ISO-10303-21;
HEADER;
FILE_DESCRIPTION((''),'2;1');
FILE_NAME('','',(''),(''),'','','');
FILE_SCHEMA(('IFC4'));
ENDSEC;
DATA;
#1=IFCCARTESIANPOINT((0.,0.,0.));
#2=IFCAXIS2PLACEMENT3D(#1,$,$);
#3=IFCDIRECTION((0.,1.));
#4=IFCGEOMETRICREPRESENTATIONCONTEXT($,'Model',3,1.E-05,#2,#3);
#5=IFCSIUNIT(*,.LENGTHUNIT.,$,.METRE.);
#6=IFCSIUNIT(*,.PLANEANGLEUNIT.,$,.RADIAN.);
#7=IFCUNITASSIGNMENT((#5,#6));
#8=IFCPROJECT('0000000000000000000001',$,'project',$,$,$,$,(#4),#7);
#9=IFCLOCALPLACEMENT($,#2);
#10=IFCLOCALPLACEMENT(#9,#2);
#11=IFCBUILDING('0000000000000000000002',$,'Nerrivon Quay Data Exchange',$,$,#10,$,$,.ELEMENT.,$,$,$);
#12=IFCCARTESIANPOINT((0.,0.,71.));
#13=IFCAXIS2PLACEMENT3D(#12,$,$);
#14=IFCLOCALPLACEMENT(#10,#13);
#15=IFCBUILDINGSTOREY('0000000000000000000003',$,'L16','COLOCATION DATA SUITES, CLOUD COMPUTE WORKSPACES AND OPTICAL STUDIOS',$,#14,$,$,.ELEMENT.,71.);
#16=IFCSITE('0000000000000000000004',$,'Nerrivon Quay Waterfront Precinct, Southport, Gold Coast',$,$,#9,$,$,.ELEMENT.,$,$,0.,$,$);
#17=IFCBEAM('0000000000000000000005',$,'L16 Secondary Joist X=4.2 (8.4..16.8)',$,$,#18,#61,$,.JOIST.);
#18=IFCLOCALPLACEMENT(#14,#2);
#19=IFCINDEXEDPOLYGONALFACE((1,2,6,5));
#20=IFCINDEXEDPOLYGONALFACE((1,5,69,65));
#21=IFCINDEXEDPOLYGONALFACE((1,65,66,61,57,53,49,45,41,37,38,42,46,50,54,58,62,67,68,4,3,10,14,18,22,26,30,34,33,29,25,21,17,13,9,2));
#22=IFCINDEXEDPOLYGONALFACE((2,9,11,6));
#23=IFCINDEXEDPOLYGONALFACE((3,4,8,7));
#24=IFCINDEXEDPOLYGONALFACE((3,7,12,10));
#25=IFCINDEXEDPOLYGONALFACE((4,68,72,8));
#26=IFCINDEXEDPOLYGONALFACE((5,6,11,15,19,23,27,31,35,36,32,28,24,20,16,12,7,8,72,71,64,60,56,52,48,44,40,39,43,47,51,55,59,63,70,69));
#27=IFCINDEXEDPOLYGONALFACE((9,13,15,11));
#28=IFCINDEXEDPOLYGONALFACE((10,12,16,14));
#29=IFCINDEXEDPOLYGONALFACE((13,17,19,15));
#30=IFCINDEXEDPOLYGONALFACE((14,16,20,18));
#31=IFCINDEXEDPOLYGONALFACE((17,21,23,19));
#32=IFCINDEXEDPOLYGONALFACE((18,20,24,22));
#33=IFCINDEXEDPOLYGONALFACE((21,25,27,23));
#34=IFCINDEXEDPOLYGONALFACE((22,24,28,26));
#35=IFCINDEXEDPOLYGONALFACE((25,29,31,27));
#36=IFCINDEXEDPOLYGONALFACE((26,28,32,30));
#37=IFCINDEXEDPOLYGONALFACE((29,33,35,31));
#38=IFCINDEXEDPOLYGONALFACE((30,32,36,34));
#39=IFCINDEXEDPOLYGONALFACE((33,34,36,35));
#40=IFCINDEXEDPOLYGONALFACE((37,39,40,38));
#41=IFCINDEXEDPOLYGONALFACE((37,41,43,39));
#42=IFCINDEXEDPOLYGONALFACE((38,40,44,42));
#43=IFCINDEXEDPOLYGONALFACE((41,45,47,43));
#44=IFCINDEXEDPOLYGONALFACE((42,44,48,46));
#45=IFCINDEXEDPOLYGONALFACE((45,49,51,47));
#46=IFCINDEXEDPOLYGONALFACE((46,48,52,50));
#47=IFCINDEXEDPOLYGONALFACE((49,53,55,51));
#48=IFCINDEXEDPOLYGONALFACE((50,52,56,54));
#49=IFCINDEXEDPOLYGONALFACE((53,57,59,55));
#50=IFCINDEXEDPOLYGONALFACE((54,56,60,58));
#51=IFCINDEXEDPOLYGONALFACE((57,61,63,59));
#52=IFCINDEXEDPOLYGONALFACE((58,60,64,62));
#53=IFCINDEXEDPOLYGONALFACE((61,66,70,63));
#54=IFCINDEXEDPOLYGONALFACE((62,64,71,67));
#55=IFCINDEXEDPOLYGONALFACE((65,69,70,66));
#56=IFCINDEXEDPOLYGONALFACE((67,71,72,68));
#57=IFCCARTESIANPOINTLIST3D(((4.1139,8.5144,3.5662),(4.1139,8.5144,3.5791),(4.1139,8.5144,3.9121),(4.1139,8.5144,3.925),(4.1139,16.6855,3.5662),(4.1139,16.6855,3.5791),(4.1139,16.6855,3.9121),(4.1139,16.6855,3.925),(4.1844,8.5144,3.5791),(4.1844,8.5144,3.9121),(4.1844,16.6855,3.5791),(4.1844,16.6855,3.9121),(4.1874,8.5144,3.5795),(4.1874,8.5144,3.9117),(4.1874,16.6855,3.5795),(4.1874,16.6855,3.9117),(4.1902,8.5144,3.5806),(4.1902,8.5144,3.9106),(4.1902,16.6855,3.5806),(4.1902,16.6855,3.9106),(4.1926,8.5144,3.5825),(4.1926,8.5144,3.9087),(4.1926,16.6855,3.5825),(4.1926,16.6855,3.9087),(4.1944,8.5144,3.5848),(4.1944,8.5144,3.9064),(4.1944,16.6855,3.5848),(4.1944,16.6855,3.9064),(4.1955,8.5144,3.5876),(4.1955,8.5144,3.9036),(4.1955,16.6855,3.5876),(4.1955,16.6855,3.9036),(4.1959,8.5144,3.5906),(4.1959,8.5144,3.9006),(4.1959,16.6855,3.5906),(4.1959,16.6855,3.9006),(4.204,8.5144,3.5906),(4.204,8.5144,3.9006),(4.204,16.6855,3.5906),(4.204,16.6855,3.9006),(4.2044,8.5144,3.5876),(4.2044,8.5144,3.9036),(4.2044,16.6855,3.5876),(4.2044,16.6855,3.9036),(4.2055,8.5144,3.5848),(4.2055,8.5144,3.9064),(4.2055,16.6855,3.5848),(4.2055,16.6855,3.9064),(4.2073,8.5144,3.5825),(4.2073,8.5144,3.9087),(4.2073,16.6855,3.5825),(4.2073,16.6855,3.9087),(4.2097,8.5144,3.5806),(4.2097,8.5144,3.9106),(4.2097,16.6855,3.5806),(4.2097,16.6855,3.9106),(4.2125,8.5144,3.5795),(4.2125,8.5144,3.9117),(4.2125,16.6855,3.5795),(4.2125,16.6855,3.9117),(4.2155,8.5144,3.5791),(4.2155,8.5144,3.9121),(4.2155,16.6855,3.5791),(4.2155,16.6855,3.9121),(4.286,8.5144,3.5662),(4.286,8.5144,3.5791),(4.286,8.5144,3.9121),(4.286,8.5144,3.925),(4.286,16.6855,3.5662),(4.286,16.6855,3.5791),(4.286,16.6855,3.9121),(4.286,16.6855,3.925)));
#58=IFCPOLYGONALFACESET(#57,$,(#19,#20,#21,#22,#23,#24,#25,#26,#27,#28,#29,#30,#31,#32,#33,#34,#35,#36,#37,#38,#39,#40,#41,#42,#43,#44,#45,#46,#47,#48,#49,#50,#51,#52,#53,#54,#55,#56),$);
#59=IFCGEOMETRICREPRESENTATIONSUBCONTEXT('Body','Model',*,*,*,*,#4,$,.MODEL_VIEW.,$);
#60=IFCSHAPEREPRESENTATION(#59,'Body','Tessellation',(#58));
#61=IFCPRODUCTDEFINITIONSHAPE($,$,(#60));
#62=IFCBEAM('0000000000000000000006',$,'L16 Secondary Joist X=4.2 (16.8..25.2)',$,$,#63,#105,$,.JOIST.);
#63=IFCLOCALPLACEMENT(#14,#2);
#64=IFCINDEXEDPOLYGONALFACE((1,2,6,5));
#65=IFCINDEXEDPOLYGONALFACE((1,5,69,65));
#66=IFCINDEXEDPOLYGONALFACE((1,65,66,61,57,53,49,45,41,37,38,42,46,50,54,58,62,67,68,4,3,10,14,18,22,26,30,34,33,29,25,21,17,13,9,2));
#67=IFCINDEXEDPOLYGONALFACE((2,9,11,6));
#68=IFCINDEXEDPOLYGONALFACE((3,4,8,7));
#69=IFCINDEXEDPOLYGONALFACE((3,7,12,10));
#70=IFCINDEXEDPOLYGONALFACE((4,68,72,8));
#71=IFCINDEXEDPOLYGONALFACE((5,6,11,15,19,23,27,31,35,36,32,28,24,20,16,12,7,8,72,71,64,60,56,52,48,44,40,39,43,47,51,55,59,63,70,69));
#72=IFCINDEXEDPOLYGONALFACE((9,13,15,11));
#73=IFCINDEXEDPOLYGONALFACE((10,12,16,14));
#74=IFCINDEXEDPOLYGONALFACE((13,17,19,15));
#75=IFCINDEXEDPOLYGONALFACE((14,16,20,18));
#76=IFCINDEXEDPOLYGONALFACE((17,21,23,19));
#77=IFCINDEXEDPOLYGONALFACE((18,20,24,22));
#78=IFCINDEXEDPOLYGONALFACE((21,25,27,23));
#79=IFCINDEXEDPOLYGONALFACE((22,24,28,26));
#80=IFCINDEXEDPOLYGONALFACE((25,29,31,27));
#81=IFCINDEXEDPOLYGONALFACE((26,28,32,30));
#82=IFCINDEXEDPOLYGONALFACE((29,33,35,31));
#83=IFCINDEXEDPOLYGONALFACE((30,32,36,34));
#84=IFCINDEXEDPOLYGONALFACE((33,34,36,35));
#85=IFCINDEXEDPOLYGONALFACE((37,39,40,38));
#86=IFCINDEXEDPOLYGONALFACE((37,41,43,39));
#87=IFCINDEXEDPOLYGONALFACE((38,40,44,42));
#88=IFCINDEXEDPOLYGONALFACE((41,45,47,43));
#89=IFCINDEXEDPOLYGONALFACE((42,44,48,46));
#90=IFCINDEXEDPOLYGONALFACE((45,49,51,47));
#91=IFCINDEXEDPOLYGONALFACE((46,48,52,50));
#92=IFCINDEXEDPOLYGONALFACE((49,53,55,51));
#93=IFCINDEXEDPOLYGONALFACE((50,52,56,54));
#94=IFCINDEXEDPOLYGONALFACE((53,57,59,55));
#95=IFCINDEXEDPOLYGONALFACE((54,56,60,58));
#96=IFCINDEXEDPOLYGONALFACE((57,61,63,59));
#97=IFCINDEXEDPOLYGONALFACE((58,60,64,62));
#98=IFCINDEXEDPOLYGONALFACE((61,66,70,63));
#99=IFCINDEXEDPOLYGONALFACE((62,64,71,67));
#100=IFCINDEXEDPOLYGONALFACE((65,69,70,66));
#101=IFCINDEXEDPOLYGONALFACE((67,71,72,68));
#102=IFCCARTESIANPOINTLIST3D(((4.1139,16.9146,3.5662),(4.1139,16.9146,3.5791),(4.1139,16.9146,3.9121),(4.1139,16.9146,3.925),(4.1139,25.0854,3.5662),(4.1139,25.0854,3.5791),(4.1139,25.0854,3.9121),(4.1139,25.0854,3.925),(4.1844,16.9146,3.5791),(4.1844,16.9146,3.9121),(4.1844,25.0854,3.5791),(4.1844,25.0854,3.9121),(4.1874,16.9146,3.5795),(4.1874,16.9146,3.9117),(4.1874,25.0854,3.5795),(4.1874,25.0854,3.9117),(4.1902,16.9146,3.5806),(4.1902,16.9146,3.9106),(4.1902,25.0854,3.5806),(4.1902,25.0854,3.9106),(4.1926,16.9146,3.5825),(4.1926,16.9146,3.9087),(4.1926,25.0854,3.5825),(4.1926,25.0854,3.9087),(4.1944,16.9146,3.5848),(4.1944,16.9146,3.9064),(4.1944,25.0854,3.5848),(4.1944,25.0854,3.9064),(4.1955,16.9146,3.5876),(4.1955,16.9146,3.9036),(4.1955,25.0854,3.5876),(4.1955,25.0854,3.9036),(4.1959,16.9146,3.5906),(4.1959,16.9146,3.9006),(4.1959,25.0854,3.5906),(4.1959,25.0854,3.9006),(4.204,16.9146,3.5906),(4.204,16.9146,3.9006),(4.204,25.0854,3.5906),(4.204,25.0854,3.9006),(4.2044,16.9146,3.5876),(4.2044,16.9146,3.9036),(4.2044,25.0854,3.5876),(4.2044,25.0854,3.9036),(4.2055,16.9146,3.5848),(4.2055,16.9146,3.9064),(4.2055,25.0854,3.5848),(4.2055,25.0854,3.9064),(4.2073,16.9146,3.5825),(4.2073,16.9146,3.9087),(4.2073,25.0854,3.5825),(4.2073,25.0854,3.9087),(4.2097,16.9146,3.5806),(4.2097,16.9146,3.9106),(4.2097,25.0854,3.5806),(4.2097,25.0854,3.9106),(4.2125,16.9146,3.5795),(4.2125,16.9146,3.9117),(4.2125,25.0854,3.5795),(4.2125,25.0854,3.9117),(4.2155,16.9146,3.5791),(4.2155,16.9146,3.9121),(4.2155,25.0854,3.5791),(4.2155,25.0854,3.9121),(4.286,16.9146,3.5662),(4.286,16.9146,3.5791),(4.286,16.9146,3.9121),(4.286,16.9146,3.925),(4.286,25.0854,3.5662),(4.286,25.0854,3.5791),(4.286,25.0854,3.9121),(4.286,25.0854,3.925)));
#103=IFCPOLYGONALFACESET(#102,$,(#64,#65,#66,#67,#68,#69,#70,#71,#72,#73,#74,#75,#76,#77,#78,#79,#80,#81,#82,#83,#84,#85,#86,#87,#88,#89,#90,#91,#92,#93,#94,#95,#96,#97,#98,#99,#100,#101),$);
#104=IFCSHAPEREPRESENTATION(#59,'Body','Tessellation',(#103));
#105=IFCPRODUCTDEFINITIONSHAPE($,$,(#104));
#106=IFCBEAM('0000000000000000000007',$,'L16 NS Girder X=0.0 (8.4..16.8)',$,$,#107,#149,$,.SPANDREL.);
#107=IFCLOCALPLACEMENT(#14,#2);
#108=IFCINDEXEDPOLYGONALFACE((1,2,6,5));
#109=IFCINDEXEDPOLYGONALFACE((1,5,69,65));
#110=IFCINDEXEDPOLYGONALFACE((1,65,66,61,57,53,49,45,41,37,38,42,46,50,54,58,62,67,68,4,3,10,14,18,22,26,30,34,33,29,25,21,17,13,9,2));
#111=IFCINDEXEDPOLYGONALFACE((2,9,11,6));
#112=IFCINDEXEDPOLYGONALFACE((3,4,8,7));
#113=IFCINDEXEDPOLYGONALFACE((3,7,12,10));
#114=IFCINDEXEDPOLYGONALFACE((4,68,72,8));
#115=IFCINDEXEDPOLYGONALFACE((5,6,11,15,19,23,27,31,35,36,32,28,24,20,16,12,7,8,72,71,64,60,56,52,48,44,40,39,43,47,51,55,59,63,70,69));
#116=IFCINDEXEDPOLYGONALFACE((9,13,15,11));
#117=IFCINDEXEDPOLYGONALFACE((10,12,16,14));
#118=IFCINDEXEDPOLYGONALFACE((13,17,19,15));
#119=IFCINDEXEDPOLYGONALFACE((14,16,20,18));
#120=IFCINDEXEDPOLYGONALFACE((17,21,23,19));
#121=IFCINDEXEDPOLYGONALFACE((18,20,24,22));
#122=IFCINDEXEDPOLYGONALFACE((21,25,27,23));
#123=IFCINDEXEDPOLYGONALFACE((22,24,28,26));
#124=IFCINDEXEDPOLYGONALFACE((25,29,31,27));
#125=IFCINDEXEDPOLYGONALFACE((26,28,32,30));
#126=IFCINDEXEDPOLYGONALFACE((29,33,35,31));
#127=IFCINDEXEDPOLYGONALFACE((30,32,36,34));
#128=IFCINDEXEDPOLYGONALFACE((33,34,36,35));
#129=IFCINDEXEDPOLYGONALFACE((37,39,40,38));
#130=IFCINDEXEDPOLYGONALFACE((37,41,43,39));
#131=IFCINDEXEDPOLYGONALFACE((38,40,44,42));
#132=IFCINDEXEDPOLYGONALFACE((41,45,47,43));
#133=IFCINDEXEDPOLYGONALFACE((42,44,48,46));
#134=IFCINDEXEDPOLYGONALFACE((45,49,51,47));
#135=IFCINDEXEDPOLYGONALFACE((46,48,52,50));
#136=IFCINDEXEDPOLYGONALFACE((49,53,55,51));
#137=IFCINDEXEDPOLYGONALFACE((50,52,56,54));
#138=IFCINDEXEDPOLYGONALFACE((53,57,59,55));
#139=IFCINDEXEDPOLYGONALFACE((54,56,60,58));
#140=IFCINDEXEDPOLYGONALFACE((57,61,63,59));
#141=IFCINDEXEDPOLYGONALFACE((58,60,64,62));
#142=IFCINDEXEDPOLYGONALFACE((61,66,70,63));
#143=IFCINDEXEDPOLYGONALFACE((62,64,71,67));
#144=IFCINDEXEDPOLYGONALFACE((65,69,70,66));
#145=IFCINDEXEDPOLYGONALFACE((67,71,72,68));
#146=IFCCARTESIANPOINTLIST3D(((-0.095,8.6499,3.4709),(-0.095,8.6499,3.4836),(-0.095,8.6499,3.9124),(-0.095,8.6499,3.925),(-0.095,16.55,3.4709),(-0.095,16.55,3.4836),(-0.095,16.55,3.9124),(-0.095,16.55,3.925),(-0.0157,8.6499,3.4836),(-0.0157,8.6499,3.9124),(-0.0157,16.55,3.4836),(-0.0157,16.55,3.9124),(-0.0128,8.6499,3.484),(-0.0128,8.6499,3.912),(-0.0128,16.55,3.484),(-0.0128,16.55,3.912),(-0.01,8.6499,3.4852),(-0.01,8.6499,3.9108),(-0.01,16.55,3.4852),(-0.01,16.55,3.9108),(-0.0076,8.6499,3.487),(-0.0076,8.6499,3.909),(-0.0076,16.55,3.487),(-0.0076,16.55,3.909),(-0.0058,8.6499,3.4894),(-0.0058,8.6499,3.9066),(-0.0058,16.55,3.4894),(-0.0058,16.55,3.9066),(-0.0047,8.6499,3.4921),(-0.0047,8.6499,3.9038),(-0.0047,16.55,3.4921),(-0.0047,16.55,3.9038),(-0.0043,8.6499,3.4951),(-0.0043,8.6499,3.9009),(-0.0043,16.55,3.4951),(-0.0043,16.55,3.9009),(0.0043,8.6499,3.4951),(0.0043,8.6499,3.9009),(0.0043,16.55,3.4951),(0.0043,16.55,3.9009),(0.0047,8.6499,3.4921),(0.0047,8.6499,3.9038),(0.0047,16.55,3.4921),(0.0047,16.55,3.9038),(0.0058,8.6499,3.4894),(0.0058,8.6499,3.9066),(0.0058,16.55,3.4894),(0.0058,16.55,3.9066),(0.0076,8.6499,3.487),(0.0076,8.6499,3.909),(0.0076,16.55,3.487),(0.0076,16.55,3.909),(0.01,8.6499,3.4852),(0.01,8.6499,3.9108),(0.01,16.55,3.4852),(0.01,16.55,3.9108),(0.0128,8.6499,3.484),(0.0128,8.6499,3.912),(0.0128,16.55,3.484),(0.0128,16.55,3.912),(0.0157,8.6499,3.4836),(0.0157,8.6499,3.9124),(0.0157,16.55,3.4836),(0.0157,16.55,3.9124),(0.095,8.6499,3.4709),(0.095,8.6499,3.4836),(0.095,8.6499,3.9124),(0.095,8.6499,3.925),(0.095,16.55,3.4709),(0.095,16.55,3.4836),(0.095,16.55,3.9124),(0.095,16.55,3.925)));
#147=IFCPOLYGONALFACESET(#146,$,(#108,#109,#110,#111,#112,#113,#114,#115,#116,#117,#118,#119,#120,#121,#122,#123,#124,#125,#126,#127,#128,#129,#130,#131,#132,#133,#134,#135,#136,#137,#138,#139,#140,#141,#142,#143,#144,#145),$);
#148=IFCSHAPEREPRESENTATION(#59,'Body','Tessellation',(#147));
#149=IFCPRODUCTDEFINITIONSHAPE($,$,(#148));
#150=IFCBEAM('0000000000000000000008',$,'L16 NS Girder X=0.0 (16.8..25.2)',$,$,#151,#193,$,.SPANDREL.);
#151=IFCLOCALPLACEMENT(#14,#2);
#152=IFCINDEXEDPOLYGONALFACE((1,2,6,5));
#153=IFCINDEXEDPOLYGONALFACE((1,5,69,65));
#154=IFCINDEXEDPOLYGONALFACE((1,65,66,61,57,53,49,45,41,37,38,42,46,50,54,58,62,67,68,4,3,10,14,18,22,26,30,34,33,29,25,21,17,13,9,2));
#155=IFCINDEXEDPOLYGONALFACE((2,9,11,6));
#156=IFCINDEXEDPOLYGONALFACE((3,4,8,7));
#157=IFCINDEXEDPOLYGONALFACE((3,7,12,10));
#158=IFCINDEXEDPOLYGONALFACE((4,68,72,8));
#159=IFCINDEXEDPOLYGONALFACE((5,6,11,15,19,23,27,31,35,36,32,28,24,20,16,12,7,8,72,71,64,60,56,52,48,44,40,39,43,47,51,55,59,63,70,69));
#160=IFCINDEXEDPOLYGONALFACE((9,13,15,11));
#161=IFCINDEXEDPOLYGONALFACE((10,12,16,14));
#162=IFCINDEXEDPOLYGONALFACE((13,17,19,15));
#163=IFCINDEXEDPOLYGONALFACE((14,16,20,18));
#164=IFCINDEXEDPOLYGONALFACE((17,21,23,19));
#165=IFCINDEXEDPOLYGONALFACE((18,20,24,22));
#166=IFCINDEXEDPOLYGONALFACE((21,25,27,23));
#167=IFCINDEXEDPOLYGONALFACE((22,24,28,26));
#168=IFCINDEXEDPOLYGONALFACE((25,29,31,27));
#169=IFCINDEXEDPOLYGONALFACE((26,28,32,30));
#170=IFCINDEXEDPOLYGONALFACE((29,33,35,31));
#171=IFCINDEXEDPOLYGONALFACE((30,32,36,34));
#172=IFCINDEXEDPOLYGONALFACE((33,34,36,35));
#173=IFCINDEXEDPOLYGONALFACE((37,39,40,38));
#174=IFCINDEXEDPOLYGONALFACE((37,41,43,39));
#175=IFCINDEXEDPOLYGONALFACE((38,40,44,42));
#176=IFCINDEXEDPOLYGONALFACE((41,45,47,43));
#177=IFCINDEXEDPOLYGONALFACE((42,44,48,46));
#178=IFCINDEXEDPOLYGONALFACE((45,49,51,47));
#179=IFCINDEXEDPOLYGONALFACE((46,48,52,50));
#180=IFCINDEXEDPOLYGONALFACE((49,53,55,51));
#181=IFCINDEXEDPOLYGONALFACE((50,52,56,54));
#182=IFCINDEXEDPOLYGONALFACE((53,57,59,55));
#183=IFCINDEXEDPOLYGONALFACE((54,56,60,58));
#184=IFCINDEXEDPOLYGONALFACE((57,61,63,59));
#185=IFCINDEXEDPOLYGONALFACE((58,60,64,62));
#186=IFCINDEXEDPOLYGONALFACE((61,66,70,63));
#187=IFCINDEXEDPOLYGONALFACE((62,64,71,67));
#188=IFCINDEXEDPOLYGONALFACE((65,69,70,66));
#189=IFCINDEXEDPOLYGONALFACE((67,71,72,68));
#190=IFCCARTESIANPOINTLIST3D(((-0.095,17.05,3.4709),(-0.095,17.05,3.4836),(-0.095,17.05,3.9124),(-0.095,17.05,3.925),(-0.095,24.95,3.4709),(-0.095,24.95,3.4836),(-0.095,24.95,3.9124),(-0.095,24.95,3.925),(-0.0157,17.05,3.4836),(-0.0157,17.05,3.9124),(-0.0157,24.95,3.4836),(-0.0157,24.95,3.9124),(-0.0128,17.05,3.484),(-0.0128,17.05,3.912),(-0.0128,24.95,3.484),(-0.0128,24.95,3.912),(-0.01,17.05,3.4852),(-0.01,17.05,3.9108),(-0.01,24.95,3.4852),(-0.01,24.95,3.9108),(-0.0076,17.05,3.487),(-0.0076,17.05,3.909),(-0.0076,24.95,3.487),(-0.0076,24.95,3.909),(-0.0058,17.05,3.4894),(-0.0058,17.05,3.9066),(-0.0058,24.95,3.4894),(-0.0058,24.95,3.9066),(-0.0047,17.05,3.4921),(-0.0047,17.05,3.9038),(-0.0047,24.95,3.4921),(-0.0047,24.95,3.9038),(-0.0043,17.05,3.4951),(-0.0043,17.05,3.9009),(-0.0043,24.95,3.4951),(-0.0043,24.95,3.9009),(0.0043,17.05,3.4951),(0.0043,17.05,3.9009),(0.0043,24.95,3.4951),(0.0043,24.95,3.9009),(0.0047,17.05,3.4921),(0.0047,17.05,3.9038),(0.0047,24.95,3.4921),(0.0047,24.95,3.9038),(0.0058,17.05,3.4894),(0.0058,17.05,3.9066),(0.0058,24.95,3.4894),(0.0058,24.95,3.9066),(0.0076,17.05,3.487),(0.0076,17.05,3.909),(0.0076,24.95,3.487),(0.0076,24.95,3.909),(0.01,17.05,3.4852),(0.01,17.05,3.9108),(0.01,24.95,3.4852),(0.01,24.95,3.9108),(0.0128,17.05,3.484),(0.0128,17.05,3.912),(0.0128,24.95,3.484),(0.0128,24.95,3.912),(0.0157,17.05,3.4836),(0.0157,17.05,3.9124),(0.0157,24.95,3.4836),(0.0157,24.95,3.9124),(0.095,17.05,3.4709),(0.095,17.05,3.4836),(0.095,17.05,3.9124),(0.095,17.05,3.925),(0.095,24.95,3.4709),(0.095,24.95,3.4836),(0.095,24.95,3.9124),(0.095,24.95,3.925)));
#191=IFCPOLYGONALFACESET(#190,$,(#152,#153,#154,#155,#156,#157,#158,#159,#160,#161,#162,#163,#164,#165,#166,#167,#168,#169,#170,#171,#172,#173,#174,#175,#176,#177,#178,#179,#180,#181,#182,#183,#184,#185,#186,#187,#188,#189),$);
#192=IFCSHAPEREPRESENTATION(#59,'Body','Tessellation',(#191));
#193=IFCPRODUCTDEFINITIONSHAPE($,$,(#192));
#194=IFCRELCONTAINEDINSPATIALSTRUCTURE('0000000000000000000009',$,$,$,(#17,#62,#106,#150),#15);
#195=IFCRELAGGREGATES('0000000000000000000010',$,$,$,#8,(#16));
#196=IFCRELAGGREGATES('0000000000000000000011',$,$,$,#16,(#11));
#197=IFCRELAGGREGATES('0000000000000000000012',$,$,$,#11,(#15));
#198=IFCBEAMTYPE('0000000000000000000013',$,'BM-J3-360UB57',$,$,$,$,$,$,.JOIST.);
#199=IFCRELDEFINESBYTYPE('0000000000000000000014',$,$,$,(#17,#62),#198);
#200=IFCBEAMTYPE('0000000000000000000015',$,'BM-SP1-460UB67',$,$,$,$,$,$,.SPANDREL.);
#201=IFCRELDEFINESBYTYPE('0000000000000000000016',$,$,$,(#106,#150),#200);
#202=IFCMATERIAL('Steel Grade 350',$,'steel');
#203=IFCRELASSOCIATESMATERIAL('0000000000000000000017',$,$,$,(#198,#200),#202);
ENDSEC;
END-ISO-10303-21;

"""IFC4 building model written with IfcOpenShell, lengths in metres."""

from ifc_helpers import new_model, si_unit, direction, frame, origin, origin_2d, place, context, subcontext, project, spatial, i_section, extrude, material, material_profile, profile_set, type_object, element, save


model = new_model("IFC4")

# Units and contexts
model_context = context("Model", 3, precision=1e-05, world=origin(), true_north=direction((0.0, 1.0)))
body_context = subcontext(model_context, "Body", "Model", "MODEL_VIEW")
ifc_project = project(units=[si_unit("LENGTHUNIT", "METRE"), si_unit("PLANEANGLEUNIT", "RADIAN")], contexts=[model_context])

# Site, building, storey
site_placement = place(None, origin())
site = spatial("IfcSite", under=ifc_project, at=site_placement, Name="Nerrivon Quay Waterfront Precinct, Southport, Gold Coast", CompositionType="ELEMENT", RefElevation=0.0)
building_placement = place(site_placement, origin())
building = spatial("IfcBuilding", under=site, at=building_placement, Name="Nerrivon Quay Data Exchange", CompositionType="ELEMENT")
storey_placement = place(building_placement, frame((0.0, 0.0, 71.0)))
storey = spatial("IfcBuildingStorey", under=building, at=storey_placement, Name="L16", Description="COLOCATION DATA SUITES, CLOUD COMPUTE WORKSPACES AND OPTICAL STUDIOS", CompositionType="ELEMENT", Elevation=71.0)

# Shared definitions
ifc_material_1 = material(Name="Steel Grade 350", Category="steel")

# Beams
ifc_material_profile_1 = material_profile(ifc_material_1, i_section(OverallWidth=0.1721, OverallDepth=0.3589, WebThickness=0.0081, FlangeThickness=0.0129, FilletRadius=0.0115, at=origin_2d()), Name="360UB56.7")
ifc_profile_set_1 = profile_set([ifc_material_profile_1], Name="Steel Grade 350")
beam_type_1 = type_object("IfcBeamType", Name="BM-J3-360UB57", PredefinedType="JOIST", material=ifc_profile_set_1)
beam_1_placement = place(storey_placement, frame((4.2, 8.5144, 3.7456), z_axis=(0.0, 1.0, 0.0), x_axis=(-1.0, 0.0, 0.0)))
element("IfcBeam", 1, at=beam_1_placement, inside=storey, type_object=beam_type_1, Name="L16 Secondary Joist X=4.2 (8.4..16.8)", PredefinedType="JOIST", context=body_context, shape_type="SweptSolid", body=[
    extrude(i_section(OverallWidth=0.1721, OverallDepth=0.3589, WebThickness=0.0081, FlangeThickness=0.0129, FilletRadius=0.0115, at=origin_2d()), origin(), (0.0, 0.0, 1.0), 8.1711),
])
beam_2_placement = place(storey_placement, frame((4.2, 16.9146, 3.7456), z_axis=(0.0, 1.0, 0.0), x_axis=(-1.0, 0.0, 0.0)))
element("IfcBeam", 2, at=beam_2_placement, inside=storey, type_object=beam_type_1, Name="L16 Secondary Joist X=4.2 (16.8..25.2)", PredefinedType="JOIST", context=body_context, shape_type="SweptSolid", body=[
    extrude(i_section(OverallWidth=0.1721, OverallDepth=0.3589, WebThickness=0.0081, FlangeThickness=0.0129, FilletRadius=0.0115, at=origin_2d()), origin(), (0.0, 0.0, 1.0), 8.1709),
])
ifc_material_profile_2 = material_profile(ifc_material_1, i_section(OverallWidth=0.1899, OverallDepth=0.4541, WebThickness=0.0085, FlangeThickness=0.0127, FilletRadius=0.0115, at=origin_2d()), Name="460UB67.1")
ifc_profile_set_2 = profile_set([ifc_material_profile_2], Name="Steel Grade 350")
beam_type_2 = type_object("IfcBeamType", Name="BM-SP1-460UB67", PredefinedType="SPANDREL", material=ifc_profile_set_2)
beam_3_placement = place(storey_placement, frame((0.0, 8.6499, 3.698), z_axis=(0.0, 1.0, 0.0), x_axis=(-1.0, 0.0, 0.0)))
element("IfcBeam", 3, at=beam_3_placement, inside=storey, type_object=beam_type_2, Name="L16 NS Girder X=0.0 (8.4..16.8)", PredefinedType="SPANDREL", context=body_context, shape_type="SweptSolid", body=[
    extrude(i_section(OverallWidth=0.1899, OverallDepth=0.4541, WebThickness=0.0085, FlangeThickness=0.0127, FilletRadius=0.0115, at=origin_2d()), origin(), (0.0, 0.0, 1.0), 7.9001),
])
beam_4_placement = place(storey_placement, frame((0.0, 17.05, 3.698), z_axis=(0.0, 1.0, 0.0), x_axis=(-1.0, 0.0, 0.0)))
element("IfcBeam", 4, at=beam_4_placement, inside=storey, type_object=beam_type_2, Name="L16 NS Girder X=0.0 (16.8..25.2)", PredefinedType="SPANDREL", context=body_context, shape_type="SweptSolid", body=[
    extrude(i_section(OverallWidth=0.1899, OverallDepth=0.4541, WebThickness=0.0085, FlangeThickness=0.0127, FilletRadius=0.0115, at=origin_2d()), origin(), (0.0, 0.0, 1.0), 7.8999),
])

save(model, "model.ifc")
